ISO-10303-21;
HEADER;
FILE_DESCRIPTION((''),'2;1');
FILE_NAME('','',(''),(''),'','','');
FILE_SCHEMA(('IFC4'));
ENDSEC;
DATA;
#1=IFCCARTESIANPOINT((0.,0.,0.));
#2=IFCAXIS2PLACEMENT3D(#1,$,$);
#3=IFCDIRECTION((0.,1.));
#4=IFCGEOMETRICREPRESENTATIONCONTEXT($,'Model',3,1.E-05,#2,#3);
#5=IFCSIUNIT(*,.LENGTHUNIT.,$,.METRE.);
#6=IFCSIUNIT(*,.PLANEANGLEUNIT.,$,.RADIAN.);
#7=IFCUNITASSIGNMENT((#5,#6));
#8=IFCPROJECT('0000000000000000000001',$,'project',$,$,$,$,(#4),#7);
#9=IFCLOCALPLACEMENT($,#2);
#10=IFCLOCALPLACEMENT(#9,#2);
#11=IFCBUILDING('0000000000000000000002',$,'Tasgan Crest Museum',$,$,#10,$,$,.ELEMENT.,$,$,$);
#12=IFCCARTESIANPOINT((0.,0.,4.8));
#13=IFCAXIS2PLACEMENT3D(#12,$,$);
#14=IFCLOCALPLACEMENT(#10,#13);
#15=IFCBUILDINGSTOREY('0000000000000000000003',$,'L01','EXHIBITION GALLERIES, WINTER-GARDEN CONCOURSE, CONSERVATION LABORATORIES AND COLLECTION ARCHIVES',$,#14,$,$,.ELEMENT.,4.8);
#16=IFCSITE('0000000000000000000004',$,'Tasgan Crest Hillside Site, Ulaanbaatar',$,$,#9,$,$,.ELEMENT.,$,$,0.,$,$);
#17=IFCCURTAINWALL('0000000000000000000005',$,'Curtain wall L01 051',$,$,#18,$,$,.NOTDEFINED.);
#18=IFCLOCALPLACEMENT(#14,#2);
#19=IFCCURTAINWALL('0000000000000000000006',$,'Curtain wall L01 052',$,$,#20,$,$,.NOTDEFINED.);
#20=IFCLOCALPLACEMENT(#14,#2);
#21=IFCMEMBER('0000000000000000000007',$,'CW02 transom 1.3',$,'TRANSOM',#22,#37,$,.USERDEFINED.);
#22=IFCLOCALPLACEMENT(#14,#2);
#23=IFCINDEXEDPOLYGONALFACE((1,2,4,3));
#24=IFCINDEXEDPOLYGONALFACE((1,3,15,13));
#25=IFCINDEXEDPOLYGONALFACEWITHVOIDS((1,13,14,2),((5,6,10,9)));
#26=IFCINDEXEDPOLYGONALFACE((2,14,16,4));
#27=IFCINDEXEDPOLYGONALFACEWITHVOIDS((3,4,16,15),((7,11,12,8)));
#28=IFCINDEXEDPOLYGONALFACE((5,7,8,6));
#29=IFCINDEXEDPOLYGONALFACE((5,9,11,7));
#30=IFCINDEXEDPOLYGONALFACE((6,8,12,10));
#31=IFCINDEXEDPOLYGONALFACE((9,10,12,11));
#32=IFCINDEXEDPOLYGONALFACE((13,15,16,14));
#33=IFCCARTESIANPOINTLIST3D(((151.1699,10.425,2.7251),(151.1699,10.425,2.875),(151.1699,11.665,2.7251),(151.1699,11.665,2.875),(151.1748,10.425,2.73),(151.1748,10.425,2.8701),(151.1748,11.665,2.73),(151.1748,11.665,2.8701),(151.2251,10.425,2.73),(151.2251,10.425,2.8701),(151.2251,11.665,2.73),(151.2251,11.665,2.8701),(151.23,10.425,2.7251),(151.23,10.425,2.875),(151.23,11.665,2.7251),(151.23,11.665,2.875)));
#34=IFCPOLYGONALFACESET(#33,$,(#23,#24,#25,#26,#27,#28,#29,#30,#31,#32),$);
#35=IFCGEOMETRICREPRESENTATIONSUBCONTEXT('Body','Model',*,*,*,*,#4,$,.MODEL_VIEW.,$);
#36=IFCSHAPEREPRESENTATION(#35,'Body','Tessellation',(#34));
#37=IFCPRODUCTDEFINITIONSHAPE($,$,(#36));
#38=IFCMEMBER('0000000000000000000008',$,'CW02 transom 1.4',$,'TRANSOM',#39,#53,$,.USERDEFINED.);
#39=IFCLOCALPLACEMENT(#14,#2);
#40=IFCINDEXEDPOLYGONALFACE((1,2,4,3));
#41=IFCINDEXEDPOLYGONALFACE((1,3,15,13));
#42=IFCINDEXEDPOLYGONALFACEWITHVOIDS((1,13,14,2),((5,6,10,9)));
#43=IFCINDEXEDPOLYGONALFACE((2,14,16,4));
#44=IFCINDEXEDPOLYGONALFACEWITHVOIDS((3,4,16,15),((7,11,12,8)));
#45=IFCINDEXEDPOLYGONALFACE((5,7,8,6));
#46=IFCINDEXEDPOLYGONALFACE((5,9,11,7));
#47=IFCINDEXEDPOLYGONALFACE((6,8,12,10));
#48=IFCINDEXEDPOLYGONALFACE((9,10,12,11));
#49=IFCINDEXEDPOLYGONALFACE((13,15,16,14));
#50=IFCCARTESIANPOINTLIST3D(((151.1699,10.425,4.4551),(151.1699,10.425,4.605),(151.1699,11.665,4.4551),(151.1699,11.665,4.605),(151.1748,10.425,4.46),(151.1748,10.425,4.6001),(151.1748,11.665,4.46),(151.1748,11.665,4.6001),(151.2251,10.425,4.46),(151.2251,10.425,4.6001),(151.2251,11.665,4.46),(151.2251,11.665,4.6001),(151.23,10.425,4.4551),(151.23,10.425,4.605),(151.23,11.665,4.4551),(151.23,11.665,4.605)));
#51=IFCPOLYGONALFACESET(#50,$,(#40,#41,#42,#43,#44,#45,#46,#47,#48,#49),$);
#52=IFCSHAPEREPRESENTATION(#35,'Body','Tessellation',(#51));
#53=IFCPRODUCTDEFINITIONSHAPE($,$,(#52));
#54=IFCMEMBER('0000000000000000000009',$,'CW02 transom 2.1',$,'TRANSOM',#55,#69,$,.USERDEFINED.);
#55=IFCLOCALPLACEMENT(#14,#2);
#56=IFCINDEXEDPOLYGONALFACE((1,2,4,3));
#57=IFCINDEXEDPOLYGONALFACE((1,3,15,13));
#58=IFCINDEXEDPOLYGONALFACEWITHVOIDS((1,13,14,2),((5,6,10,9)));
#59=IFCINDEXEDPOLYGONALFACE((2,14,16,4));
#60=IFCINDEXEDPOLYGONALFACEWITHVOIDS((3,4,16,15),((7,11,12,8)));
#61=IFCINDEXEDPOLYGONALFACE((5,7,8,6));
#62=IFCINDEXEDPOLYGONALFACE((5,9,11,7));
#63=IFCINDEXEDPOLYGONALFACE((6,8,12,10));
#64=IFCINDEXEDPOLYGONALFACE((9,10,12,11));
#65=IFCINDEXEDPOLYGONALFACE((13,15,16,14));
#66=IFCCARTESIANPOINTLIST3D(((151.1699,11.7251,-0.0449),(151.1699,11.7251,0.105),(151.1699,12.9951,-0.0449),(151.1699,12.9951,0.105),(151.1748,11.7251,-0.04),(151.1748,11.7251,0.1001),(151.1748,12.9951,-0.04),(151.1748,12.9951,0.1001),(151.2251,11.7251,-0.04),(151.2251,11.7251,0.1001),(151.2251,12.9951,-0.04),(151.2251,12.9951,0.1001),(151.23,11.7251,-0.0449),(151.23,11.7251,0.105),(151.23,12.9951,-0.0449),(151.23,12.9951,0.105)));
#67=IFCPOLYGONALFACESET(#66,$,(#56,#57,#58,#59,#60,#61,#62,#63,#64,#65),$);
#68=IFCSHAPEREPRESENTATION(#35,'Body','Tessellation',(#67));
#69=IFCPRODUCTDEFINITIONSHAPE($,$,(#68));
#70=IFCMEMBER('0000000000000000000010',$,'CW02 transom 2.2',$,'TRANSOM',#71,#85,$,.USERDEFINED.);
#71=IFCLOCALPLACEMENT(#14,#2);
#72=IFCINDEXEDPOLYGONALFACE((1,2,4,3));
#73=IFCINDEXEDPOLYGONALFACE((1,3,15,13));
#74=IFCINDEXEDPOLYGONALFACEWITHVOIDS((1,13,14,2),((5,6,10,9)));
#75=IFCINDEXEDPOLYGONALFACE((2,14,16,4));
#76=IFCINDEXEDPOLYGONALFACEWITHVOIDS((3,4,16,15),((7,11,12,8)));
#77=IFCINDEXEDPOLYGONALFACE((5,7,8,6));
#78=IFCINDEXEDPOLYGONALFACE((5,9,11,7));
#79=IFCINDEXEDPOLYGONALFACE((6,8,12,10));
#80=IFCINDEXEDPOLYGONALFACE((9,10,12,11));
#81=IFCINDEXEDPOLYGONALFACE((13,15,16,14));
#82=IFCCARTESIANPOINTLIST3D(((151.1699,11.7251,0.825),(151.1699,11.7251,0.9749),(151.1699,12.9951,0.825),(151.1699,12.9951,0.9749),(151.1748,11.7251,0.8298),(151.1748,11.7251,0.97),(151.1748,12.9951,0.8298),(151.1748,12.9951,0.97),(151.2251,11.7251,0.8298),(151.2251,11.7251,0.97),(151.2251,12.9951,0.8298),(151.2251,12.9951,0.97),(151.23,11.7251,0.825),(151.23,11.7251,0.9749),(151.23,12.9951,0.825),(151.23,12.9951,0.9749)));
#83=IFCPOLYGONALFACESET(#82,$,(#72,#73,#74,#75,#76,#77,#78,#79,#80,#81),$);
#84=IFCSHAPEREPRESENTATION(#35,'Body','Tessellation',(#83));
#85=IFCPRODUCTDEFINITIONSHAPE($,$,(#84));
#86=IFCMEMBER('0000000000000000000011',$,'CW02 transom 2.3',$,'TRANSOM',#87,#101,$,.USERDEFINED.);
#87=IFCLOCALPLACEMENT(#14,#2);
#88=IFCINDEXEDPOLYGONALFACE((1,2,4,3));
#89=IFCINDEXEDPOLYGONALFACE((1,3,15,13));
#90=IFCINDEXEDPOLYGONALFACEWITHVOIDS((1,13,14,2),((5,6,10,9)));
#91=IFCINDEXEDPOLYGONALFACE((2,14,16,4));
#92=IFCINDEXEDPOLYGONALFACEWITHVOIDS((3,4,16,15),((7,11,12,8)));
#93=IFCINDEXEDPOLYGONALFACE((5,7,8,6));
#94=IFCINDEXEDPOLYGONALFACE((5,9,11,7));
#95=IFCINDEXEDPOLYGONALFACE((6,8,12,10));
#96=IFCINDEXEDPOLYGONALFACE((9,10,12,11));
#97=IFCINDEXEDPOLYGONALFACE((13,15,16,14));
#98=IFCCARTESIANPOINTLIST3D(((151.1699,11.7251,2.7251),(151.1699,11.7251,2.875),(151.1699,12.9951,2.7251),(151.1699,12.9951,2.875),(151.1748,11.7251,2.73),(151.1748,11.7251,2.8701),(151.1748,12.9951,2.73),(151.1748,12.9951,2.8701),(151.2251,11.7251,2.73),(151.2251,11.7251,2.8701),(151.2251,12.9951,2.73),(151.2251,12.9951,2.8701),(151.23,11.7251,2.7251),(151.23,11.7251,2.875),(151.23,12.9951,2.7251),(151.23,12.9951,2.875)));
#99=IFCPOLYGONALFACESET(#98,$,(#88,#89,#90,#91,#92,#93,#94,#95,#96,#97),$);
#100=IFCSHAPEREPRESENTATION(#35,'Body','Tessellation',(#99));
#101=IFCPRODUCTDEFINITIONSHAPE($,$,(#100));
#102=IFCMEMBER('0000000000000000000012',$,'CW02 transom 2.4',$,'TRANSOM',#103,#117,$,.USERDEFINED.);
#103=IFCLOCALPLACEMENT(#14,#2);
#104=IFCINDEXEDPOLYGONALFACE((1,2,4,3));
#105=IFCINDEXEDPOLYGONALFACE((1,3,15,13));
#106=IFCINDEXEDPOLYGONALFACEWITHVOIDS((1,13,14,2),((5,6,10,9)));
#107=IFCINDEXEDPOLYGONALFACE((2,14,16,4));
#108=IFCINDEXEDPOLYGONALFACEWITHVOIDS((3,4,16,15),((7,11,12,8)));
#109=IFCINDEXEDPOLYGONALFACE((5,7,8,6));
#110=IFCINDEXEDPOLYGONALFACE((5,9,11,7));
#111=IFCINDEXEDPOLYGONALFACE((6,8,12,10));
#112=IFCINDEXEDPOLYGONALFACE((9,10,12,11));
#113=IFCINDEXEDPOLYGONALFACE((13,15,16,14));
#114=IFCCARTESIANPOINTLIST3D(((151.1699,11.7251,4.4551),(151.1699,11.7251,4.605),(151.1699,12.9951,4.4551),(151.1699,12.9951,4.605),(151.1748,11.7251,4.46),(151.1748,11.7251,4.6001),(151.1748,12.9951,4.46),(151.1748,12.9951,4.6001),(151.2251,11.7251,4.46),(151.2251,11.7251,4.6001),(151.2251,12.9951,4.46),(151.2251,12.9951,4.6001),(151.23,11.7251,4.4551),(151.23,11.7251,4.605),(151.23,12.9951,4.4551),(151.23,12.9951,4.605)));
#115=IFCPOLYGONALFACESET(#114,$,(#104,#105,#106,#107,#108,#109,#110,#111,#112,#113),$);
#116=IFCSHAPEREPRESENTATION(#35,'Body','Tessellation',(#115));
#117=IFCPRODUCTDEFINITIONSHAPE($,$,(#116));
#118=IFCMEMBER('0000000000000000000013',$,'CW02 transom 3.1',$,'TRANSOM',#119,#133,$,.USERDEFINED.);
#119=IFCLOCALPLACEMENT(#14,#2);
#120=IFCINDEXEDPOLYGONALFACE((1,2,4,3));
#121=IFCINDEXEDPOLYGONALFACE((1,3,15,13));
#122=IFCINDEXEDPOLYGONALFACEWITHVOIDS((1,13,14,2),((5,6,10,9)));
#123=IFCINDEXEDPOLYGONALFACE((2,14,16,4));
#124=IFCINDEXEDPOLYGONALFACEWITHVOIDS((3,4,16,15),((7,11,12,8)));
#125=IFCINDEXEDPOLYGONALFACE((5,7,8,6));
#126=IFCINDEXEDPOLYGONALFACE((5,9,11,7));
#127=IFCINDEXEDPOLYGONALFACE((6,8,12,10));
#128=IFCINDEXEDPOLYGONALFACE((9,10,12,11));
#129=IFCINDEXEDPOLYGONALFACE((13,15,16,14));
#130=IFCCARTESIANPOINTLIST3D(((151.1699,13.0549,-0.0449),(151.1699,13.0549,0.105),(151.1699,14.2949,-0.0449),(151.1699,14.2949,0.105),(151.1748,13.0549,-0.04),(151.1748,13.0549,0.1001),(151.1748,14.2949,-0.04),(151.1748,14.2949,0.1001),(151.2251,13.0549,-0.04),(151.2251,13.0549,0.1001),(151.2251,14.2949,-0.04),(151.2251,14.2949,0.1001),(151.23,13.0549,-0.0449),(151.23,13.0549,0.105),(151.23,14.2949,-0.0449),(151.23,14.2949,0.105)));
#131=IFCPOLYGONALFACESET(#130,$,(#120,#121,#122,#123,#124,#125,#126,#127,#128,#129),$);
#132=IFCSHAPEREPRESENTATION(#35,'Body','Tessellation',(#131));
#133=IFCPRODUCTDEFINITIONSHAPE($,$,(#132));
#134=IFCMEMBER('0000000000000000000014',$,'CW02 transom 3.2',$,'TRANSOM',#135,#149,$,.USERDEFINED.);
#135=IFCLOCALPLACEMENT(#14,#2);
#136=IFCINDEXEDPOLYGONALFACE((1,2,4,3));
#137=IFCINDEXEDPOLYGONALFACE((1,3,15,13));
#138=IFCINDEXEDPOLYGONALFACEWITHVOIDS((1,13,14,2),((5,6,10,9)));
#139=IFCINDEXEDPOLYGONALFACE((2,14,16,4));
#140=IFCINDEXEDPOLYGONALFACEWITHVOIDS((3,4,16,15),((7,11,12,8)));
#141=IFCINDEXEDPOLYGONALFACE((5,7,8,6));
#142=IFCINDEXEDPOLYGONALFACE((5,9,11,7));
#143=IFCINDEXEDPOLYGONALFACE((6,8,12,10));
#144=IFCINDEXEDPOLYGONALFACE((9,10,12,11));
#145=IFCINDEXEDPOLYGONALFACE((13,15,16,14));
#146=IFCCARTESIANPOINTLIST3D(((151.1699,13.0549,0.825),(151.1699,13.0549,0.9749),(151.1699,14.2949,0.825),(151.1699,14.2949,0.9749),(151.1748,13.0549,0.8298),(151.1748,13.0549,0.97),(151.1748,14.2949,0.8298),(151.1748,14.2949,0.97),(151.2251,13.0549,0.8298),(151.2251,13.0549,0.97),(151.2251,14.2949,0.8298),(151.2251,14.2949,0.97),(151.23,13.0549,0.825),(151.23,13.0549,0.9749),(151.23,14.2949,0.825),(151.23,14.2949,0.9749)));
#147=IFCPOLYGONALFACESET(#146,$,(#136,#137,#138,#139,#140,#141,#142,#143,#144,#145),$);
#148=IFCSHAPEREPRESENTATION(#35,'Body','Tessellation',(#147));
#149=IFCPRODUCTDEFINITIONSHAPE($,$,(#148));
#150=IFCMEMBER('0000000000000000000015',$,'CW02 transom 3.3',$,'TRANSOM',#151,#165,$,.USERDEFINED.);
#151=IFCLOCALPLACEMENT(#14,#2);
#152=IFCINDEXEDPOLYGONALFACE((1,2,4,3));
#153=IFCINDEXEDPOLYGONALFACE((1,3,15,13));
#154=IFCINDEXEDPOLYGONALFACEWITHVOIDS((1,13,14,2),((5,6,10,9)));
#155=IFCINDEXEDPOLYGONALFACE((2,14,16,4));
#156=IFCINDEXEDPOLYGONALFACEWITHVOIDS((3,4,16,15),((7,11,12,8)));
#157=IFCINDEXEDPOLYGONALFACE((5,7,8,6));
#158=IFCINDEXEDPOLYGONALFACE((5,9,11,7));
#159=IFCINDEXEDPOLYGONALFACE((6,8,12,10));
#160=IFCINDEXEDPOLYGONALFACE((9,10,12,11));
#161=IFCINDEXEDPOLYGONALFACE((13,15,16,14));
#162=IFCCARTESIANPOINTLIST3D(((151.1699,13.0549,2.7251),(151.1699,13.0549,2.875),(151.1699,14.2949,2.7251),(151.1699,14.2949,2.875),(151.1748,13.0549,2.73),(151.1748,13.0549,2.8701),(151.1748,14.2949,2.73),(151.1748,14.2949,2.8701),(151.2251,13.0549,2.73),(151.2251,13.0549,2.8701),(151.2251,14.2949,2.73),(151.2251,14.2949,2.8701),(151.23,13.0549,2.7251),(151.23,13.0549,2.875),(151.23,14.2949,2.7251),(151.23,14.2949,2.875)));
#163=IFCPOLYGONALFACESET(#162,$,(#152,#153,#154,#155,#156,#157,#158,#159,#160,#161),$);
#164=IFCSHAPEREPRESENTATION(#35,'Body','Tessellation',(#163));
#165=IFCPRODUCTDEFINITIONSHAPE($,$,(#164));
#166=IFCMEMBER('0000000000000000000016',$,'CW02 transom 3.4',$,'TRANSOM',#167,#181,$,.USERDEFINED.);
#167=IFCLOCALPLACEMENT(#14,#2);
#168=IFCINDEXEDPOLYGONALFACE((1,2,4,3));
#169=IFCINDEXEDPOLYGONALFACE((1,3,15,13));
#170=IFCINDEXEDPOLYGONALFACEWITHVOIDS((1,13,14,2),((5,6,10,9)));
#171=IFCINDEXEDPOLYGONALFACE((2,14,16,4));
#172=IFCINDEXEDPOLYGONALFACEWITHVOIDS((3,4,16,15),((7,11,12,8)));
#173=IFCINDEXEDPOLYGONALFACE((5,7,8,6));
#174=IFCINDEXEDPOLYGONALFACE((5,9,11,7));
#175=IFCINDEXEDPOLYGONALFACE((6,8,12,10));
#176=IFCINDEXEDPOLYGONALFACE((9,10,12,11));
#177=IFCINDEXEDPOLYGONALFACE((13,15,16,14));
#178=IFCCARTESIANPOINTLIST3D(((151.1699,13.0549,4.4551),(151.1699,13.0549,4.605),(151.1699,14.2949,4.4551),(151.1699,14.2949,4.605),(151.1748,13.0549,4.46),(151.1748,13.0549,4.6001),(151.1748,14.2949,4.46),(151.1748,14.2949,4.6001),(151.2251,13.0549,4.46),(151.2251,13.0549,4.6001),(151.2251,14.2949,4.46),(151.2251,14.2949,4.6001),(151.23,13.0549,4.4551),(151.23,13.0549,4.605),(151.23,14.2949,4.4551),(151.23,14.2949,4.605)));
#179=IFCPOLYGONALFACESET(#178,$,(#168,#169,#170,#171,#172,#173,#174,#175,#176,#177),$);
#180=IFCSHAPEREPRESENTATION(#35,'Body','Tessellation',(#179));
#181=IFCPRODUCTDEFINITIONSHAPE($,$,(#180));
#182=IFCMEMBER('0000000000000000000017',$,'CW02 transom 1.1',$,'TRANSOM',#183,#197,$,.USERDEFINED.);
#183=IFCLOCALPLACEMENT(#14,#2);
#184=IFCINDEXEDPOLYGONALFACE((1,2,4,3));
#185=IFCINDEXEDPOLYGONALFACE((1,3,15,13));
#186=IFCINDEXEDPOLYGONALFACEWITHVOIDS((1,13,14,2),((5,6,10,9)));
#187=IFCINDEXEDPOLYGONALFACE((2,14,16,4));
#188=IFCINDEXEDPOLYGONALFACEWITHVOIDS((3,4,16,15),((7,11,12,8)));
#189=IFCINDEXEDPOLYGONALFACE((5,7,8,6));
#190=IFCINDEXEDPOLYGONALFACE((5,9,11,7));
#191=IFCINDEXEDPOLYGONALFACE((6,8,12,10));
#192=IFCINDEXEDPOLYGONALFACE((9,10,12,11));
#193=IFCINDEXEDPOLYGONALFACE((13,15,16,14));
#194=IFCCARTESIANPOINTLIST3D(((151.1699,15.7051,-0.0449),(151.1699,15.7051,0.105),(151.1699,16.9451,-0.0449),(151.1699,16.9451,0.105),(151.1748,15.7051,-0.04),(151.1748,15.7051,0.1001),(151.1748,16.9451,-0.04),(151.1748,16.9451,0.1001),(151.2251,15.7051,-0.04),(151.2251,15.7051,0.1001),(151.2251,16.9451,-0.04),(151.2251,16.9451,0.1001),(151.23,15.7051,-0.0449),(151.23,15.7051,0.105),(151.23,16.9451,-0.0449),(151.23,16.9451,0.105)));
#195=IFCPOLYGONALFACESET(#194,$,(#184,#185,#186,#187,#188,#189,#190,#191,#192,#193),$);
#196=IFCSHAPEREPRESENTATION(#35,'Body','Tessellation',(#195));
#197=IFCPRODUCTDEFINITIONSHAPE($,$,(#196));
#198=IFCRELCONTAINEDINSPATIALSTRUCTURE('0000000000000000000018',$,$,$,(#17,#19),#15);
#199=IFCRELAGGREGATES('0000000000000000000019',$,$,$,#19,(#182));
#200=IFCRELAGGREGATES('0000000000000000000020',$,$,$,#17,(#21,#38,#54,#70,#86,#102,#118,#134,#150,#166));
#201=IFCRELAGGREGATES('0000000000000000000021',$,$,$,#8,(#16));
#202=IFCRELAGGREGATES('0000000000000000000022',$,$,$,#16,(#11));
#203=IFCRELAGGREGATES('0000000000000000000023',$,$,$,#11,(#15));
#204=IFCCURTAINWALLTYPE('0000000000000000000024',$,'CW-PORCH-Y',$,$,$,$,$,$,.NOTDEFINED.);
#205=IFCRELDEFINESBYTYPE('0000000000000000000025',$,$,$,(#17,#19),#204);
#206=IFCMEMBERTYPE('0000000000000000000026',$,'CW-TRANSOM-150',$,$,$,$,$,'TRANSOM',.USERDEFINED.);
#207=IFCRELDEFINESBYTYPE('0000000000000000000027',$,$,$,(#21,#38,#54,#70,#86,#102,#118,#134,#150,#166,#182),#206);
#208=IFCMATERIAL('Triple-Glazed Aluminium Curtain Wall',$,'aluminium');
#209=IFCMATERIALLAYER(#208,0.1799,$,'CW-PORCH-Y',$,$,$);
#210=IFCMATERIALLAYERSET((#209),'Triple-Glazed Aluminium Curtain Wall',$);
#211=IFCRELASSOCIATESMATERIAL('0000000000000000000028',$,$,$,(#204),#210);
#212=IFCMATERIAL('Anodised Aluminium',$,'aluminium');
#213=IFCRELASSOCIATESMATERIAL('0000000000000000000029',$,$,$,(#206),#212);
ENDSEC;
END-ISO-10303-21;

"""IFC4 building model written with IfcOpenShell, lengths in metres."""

from ifc_helpers import new_model, si_unit, direction, frame, origin, origin_2d, place, context, subcontext, project, spatial, hollow_rectangle, extrude, material, layer, layer_set, material_profile, profile_set, type_object, element, aggregate, save


model = new_model("IFC4")

# Units and contexts
model_context = context("Model", 3, precision=1e-05, world=origin(), true_north=direction((0.0, 1.0)))
body_context = subcontext(model_context, "Body", "Model", "MODEL_VIEW")
ifc_project = project(units=[si_unit("LENGTHUNIT", "METRE"), si_unit("PLANEANGLEUNIT", "RADIAN")], contexts=[model_context])

# Site, building, storey
site_placement = place(None, origin())
site = spatial("IfcSite", under=ifc_project, at=site_placement, Name="Tasgan Crest Hillside Site, Ulaanbaatar", CompositionType="ELEMENT", RefElevation=0.0)
building_placement = place(site_placement, origin())
building = spatial("IfcBuilding", under=site, at=building_placement, Name="Tasgan Crest Museum", CompositionType="ELEMENT")
storey_placement = place(building_placement, frame((0.0, 0.0, 4.8)))
storey = spatial("IfcBuildingStorey", under=building, at=storey_placement, Name="L01", Description="EXHIBITION GALLERIES, WINTER-GARDEN CONCOURSE, CONSERVATION LABORATORIES AND COLLECTION ARCHIVES", CompositionType="ELEMENT", Elevation=4.8)

# Curtain wall
ifc_material_1 = material(Name="Triple-Glazed Aluminium Curtain Wall", Category="aluminium")
ifc_layer_1 = layer(ifc_material_1, 0.1799, Name="CW-PORCH-Y")
ifc_layer_set_1 = layer_set([ifc_layer_1], Name="Triple-Glazed Aluminium Curtain Wall")
curtain_wall_type = type_object("IfcCurtainWallType", Name="CW-PORCH-Y", PredefinedType="NOTDEFINED", material=ifc_layer_set_1)
curtain_wall_1_placement = place(storey_placement, origin())
curtain_wall_1 = element("IfcCurtainWall", 1, at=curtain_wall_1_placement, inside=storey, type_object=curtain_wall_type, Name="Curtain wall L01 051", PredefinedType="NOTDEFINED")

# Curtain wall
curtain_wall_2_placement = place(storey_placement, origin())
curtain_wall_2 = element("IfcCurtainWall", 2, at=curtain_wall_2_placement, inside=storey, type_object=curtain_wall_type, Name="Curtain wall L01 052", PredefinedType="NOTDEFINED")

# Members
ifc_material_2 = material(Name="Anodised Aluminium", Category="aluminium")
ifc_material_profile_1 = material_profile(ifc_material_2, hollow_rectangle(XDim=0.0601, YDim=0.1499, WallThickness=0.0049, at=origin_2d()), Name="ALU TRANSOM 150x60x5")
ifc_profile_set_1 = profile_set([ifc_material_profile_1], Name="Anodised Aluminium")
member_type_1 = type_object("IfcMemberType", Name="CW-TRANSOM-150", ElementType="TRANSOM", PredefinedType="USERDEFINED", material=ifc_profile_set_1)
member_1_placement = place(storey_placement, frame((151.2, 10.425, 2.8), z_axis=(0.0, 1.0, 0.0), x_axis=(-1.0, 0.0, 0.0)))
member_1 = element("IfcMember", 3, at=member_1_placement, type_object=member_type_1, Name="CW02 transom 1.3", ObjectType="TRANSOM", PredefinedType="USERDEFINED", context=body_context, shape_type="SweptSolid", body=[
    extrude(hollow_rectangle(XDim=0.0601, YDim=0.1499, WallThickness=0.0049, at=origin_2d()), origin(), (0.0, 0.0, 1.0), 1.24),
])
member_2_placement = place(storey_placement, frame((151.2, 10.425, 4.53), z_axis=(0.0, 1.0, 0.0), x_axis=(-1.0, 0.0, 0.0)))
member_2 = element("IfcMember", 4, at=member_2_placement, type_object=member_type_1, Name="CW02 transom 1.4", ObjectType="TRANSOM", PredefinedType="USERDEFINED", context=body_context, shape_type="SweptSolid", body=[
    extrude(hollow_rectangle(XDim=0.0601, YDim=0.1499, WallThickness=0.0049, at=origin_2d()), origin(), (0.0, 0.0, 1.0), 1.24),
])
member_3_placement = place(storey_placement, frame((151.2, 11.7251, 0.03), z_axis=(0.0, 1.0, 0.0), x_axis=(-1.0, 0.0, 0.0)))
member_3 = element("IfcMember", 5, at=member_3_placement, type_object=member_type_1, Name="CW02 transom 2.1", ObjectType="TRANSOM", PredefinedType="USERDEFINED", context=body_context, shape_type="SweptSolid", body=[
    extrude(hollow_rectangle(XDim=0.0601, YDim=0.1499, WallThickness=0.0049, at=origin_2d()), origin(), (0.0, 0.0, 1.0), 1.27),
])
member_4_placement = place(storey_placement, frame((151.2, 11.7251, 0.8999), z_axis=(0.0, 1.0, 0.0), x_axis=(-1.0, 0.0, 0.0)))
member_4 = element("IfcMember", 6, at=member_4_placement, type_object=member_type_1, Name="CW02 transom 2.2", ObjectType="TRANSOM", PredefinedType="USERDEFINED", context=body_context, shape_type="SweptSolid", body=[
    extrude(hollow_rectangle(XDim=0.0601, YDim=0.1499, WallThickness=0.0049, at=origin_2d()), origin(), (0.0, 0.0, 1.0), 1.27),
])
member_5_placement = place(storey_placement, frame((151.2, 11.7251, 2.8), z_axis=(0.0, 1.0, 0.0), x_axis=(-1.0, 0.0, 0.0)))
member_5 = element("IfcMember", 7, at=member_5_placement, type_object=member_type_1, Name="CW02 transom 2.3", ObjectType="TRANSOM", PredefinedType="USERDEFINED", context=body_context, shape_type="SweptSolid", body=[
    extrude(hollow_rectangle(XDim=0.0601, YDim=0.1499, WallThickness=0.0049, at=origin_2d()), origin(), (0.0, 0.0, 1.0), 1.27),
])
member_6_placement = place(storey_placement, frame((151.2, 11.7251, 4.53), z_axis=(0.0, 1.0, 0.0), x_axis=(-1.0, 0.0, 0.0)))
member_6 = element("IfcMember", 8, at=member_6_placement, type_object=member_type_1, Name="CW02 transom 2.4", ObjectType="TRANSOM", PredefinedType="USERDEFINED", context=body_context, shape_type="SweptSolid", body=[
    extrude(hollow_rectangle(XDim=0.0601, YDim=0.1499, WallThickness=0.0049, at=origin_2d()), origin(), (0.0, 0.0, 1.0), 1.27),
])
member_7_placement = place(storey_placement, frame((151.2, 13.0549, 0.03), z_axis=(0.0, 1.0, 0.0), x_axis=(-1.0, 0.0, 0.0)))
member_7 = element("IfcMember", 9, at=member_7_placement, type_object=member_type_1, Name="CW02 transom 3.1", ObjectType="TRANSOM", PredefinedType="USERDEFINED", context=body_context, shape_type="SweptSolid", body=[
    extrude(hollow_rectangle(XDim=0.0601, YDim=0.1499, WallThickness=0.0049, at=origin_2d()), origin(), (0.0, 0.0, 1.0), 1.24),
])
member_8_placement = place(storey_placement, frame((151.2, 13.0549, 0.8999), z_axis=(0.0, 1.0, 0.0), x_axis=(-1.0, 0.0, 0.0)))
member_8 = element("IfcMember", 10, at=member_8_placement, type_object=member_type_1, Name="CW02 transom 3.2", ObjectType="TRANSOM", PredefinedType="USERDEFINED", context=body_context, shape_type="SweptSolid", body=[
    extrude(hollow_rectangle(XDim=0.0601, YDim=0.1499, WallThickness=0.0049, at=origin_2d()), origin(), (0.0, 0.0, 1.0), 1.24),
])
member_9_placement = place(storey_placement, frame((151.2, 13.0549, 2.8), z_axis=(0.0, 1.0, 0.0), x_axis=(-1.0, 0.0, 0.0)))
member_9 = element("IfcMember", 11, at=member_9_placement, type_object=member_type_1, Name="CW02 transom 3.3", ObjectType="TRANSOM", PredefinedType="USERDEFINED", context=body_context, shape_type="SweptSolid", body=[
    extrude(hollow_rectangle(XDim=0.0601, YDim=0.1499, WallThickness=0.0049, at=origin_2d()), origin(), (0.0, 0.0, 1.0), 1.24),
])
member_10_placement = place(storey_placement, frame((151.2, 13.0549, 4.53), z_axis=(0.0, 1.0, 0.0), x_axis=(-1.0, 0.0, 0.0)))
member_10 = element("IfcMember", 12, at=member_10_placement, type_object=member_type_1, Name="CW02 transom 3.4", ObjectType="TRANSOM", PredefinedType="USERDEFINED", context=body_context, shape_type="SweptSolid", body=[
    extrude(hollow_rectangle(XDim=0.0601, YDim=0.1499, WallThickness=0.0049, at=origin_2d()), origin(), (0.0, 0.0, 1.0), 1.24),
])
member_11_placement = place(storey_placement, frame((151.2, 15.7051, 0.03), z_axis=(0.0, 1.0, 0.0), x_axis=(-1.0, 0.0, 0.0)))
member_11 = element("IfcMember", 13, at=member_11_placement, type_object=member_type_1, Name="CW02 transom 1.1", ObjectType="TRANSOM", PredefinedType="USERDEFINED", context=body_context, shape_type="SweptSolid", body=[
    extrude(hollow_rectangle(XDim=0.0601, YDim=0.1499, WallThickness=0.0049, at=origin_2d()), origin(), (0.0, 0.0, 1.0), 1.24),
])
aggregate(curtain_wall_2, [member_11])

aggregate(curtain_wall_1, [member_1, member_2, member_3, member_4, member_5, member_6, member_7, member_8, member_9, member_10])

save(model, "model.ifc")
